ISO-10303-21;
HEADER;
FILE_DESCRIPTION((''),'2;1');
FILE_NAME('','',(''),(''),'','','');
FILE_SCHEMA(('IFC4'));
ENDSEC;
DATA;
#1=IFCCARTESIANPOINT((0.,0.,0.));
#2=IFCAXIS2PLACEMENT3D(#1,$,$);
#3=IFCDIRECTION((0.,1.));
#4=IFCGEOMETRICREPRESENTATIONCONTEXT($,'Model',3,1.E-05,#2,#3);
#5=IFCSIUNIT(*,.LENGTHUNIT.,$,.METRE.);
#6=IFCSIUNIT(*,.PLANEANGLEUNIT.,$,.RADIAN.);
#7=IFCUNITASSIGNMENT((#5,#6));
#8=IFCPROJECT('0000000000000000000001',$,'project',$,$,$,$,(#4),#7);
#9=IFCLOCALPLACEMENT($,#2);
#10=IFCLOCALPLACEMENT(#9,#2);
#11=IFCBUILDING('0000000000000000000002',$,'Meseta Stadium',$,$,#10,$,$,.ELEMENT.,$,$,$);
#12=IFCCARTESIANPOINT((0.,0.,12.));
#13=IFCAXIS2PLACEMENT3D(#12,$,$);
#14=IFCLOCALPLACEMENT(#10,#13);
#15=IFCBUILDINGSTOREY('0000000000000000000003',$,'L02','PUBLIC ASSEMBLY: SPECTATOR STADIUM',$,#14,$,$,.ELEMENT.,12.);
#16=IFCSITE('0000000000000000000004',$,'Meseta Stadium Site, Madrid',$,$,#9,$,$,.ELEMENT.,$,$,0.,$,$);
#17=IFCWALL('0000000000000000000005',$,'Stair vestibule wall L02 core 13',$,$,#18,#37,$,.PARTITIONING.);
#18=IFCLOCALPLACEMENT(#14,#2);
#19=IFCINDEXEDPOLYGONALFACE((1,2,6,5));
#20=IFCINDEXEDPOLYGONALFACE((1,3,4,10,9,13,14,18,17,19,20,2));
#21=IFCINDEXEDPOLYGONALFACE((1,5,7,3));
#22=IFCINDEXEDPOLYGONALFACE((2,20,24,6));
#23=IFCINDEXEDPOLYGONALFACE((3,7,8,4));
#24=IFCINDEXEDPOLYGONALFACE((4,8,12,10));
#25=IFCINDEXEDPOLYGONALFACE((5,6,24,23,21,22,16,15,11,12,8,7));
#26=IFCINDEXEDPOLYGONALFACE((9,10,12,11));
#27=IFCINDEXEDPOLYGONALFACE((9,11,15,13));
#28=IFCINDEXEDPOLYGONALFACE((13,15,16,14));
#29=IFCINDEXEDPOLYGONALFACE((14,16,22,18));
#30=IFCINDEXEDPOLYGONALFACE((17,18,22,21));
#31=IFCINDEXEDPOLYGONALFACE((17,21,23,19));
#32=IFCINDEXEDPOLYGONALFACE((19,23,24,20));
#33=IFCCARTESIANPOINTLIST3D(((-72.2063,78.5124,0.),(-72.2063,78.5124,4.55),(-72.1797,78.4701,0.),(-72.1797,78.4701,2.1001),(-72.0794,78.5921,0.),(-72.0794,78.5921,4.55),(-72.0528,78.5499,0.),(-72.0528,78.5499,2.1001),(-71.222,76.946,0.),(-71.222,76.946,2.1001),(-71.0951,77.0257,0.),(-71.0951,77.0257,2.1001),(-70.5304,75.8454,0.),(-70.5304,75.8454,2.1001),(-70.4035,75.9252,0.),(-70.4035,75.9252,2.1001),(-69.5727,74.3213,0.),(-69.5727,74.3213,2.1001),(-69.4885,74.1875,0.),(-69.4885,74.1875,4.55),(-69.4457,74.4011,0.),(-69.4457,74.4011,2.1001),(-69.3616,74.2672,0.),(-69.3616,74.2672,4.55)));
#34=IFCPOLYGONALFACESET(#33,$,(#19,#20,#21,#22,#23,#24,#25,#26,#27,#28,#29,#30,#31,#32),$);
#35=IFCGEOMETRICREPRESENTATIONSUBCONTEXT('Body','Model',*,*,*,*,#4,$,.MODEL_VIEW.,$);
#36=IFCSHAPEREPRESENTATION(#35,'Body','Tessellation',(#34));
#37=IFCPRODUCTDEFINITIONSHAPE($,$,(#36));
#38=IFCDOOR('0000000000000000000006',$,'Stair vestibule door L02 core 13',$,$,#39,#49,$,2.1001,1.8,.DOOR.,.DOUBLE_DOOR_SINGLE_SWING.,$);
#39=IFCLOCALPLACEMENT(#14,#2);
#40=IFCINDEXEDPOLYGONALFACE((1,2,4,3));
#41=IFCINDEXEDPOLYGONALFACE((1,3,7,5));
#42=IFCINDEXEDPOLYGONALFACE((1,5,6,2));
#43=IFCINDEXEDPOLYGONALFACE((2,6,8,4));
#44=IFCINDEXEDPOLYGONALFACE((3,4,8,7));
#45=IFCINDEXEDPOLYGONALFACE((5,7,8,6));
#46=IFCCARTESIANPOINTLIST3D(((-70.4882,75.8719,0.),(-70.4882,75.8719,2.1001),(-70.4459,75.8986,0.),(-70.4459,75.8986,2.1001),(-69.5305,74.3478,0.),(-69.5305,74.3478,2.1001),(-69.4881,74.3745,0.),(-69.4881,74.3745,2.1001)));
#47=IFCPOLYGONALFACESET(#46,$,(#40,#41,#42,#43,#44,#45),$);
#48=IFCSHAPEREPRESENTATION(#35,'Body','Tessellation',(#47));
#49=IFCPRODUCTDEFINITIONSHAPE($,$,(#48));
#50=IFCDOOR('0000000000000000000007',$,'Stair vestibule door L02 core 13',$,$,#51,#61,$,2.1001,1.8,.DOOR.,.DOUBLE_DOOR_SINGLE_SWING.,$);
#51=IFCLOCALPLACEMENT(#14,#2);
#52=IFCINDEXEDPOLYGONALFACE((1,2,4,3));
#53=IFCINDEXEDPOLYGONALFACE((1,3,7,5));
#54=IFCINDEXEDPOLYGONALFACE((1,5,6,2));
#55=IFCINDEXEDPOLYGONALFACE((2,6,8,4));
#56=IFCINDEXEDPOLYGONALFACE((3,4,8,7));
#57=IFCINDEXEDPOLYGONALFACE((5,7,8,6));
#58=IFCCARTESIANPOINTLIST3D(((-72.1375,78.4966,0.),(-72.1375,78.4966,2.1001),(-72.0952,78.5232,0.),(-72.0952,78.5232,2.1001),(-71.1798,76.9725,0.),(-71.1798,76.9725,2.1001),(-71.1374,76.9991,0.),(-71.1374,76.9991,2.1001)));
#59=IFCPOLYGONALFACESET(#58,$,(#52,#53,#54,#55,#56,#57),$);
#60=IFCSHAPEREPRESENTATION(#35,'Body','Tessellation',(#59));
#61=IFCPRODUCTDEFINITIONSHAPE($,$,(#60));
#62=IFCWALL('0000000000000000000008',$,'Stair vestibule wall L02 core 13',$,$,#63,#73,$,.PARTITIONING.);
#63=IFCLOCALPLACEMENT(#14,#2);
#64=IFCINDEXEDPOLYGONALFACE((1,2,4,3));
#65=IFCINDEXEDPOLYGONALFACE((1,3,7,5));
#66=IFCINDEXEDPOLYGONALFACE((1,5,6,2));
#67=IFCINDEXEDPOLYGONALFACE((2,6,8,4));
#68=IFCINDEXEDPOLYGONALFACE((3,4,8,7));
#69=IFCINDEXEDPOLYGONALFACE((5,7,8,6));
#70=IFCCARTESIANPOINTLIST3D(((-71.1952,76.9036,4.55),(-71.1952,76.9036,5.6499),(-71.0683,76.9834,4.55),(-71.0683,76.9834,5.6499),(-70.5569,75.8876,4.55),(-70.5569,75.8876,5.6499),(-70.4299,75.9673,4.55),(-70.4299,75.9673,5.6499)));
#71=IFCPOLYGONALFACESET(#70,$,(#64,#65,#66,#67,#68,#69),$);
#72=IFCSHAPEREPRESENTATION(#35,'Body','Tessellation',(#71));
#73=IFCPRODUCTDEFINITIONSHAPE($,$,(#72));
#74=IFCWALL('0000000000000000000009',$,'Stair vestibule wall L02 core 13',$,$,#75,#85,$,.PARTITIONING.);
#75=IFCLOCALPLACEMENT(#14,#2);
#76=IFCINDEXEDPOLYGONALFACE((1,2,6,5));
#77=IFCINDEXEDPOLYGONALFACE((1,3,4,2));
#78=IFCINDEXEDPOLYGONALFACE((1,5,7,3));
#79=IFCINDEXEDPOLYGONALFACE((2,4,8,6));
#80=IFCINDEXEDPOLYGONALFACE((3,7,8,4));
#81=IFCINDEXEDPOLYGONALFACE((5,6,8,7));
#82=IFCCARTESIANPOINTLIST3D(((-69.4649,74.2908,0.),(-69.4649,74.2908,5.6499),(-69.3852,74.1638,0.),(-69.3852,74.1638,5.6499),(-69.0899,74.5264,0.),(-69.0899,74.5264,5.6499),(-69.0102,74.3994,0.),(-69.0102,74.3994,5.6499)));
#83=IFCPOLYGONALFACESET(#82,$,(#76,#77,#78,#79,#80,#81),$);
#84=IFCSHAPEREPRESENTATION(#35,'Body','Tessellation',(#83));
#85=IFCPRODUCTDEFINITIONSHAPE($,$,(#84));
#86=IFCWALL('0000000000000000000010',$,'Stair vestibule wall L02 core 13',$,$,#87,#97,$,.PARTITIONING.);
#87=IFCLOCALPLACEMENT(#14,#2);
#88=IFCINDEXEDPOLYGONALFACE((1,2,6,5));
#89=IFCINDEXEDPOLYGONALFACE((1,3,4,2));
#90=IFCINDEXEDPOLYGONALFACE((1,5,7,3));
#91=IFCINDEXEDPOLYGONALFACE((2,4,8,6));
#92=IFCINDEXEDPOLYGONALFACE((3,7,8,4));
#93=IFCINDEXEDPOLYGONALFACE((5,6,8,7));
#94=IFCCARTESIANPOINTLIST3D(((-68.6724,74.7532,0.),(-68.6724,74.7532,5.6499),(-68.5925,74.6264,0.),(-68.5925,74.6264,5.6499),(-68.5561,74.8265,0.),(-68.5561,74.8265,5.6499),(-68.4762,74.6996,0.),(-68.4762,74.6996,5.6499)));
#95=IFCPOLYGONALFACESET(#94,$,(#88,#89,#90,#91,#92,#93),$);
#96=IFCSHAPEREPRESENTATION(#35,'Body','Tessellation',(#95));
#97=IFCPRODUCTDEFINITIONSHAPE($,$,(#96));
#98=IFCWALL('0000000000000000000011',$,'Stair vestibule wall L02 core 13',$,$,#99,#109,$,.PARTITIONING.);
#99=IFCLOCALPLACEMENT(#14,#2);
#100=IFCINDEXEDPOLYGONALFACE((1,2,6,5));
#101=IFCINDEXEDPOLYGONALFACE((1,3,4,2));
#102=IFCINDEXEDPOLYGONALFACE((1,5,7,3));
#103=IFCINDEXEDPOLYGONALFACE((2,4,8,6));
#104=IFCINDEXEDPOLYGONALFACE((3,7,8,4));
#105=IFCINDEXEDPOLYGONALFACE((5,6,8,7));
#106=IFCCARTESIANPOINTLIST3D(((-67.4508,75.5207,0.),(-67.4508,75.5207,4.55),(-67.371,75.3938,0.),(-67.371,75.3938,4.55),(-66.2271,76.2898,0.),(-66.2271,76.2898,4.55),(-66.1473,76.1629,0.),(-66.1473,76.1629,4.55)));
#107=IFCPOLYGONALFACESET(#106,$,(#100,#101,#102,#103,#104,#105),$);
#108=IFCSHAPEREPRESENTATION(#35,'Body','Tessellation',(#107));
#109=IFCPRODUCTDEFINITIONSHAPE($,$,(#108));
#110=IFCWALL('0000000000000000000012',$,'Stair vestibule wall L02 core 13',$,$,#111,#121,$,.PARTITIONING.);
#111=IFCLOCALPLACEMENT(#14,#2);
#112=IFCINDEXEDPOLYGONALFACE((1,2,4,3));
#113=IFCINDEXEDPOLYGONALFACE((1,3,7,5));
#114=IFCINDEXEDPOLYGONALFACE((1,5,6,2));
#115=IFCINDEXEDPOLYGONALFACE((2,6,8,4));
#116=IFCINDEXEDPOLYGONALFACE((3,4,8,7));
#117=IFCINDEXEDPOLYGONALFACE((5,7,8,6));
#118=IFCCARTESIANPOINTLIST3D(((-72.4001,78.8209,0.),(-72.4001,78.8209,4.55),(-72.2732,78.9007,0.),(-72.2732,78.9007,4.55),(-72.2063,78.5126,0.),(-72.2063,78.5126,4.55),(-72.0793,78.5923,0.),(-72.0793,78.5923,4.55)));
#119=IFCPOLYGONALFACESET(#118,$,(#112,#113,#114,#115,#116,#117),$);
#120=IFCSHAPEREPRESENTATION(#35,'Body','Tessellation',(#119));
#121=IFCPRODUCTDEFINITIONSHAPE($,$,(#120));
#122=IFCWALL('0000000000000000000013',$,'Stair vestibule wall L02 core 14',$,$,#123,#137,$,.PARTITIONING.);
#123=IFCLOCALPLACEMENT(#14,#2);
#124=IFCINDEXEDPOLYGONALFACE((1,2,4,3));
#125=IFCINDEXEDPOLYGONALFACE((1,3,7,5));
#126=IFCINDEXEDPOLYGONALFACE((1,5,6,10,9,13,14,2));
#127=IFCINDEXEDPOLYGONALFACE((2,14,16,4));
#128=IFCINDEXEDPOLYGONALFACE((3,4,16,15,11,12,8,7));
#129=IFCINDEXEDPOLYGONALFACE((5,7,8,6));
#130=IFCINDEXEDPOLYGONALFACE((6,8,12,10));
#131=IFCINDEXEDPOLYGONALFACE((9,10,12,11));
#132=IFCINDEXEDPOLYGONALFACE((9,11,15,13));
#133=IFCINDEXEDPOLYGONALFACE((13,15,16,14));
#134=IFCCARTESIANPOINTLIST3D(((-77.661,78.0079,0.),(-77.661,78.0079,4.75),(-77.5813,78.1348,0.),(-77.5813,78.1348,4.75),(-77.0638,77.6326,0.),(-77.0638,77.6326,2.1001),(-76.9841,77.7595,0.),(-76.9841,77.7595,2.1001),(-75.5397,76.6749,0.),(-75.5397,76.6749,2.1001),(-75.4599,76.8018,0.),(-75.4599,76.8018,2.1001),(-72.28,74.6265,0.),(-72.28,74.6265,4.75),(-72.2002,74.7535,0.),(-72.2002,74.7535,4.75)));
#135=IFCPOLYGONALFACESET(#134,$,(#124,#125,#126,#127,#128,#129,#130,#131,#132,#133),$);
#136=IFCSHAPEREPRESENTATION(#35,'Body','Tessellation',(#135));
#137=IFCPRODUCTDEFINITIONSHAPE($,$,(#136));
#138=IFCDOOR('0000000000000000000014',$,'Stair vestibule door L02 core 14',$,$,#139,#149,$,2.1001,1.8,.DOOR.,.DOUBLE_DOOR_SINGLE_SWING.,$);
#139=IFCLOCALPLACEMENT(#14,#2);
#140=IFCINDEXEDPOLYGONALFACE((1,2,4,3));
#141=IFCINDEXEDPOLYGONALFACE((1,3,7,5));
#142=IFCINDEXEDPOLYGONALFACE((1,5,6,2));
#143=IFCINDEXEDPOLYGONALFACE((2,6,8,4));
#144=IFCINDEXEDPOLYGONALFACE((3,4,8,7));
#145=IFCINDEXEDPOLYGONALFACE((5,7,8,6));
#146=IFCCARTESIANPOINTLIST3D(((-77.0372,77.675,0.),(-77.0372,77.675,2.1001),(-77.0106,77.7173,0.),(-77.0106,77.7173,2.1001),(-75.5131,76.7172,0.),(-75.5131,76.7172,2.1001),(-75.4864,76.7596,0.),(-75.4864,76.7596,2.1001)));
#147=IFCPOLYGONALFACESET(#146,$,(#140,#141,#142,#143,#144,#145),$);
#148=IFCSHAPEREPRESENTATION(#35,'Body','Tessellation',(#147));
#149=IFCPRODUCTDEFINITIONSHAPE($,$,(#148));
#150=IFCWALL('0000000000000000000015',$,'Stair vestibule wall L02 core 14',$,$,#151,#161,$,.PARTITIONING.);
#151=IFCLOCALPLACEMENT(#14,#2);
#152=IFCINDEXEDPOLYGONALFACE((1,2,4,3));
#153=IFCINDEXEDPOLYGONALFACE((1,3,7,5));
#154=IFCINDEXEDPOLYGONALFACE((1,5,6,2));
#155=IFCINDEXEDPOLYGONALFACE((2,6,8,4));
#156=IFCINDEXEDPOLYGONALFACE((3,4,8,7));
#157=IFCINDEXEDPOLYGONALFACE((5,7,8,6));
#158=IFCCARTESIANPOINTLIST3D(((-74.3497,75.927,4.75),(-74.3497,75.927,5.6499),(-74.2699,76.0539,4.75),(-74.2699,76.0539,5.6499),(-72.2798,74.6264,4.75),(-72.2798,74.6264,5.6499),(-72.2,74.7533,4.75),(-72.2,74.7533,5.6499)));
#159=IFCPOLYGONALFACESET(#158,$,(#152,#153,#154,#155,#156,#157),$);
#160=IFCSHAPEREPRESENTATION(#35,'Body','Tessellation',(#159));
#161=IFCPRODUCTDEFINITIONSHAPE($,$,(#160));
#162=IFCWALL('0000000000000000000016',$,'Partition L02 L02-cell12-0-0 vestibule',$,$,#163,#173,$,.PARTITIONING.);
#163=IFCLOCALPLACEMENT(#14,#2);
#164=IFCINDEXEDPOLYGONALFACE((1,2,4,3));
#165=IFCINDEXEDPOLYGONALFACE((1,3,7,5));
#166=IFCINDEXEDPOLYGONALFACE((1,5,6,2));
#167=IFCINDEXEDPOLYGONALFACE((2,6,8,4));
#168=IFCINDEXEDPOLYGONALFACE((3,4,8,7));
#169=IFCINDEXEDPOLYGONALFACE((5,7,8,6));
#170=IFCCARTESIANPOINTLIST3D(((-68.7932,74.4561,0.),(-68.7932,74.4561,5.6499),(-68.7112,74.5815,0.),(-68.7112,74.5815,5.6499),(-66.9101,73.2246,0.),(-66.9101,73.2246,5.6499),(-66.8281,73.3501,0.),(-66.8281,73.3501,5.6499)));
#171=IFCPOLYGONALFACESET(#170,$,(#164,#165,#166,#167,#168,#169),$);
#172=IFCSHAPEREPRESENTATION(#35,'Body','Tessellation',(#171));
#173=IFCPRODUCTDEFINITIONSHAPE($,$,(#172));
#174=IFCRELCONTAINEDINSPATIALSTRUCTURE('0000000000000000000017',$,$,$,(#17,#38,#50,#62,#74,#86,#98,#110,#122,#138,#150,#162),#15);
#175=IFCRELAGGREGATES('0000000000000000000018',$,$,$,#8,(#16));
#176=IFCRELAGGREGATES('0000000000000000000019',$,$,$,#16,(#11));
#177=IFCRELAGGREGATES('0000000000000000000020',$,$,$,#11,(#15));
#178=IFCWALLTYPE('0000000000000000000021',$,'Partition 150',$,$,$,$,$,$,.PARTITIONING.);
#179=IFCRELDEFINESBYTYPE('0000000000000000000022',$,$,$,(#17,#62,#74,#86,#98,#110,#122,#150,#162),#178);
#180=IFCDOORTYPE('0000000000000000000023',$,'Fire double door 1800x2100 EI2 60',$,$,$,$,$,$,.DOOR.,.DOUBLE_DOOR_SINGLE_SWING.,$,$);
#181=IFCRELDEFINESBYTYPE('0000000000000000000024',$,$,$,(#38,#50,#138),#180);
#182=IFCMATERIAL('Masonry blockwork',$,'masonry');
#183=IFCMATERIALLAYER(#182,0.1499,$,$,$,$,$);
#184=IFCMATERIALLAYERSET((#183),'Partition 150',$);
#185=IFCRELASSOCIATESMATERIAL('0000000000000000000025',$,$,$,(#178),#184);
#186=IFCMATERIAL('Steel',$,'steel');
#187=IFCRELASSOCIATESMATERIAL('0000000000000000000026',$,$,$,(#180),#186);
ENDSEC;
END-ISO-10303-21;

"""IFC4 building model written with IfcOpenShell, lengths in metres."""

from ifc_helpers import new_model, si_unit, direction, frame, frame_2d, origin, place, context, subcontext, project, spatial, rectangle, extrude, material, layer, layer_set, type_object, element, fill, save


model = new_model("IFC4")

# Units and contexts
model_context = context("Model", 3, precision=1e-05, world=origin(), true_north=direction((0.0, 1.0)))
body_context = subcontext(model_context, "Body", "Model", "MODEL_VIEW")
ifc_project = project(units=[si_unit("LENGTHUNIT", "METRE"), si_unit("PLANEANGLEUNIT", "RADIAN")], contexts=[model_context])

# Site, building, storey
site_placement = place(None, origin())
site = spatial("IfcSite", under=ifc_project, at=site_placement, Name="Meseta Stadium Site, Madrid", CompositionType="ELEMENT", RefElevation=0.0)
building_placement = place(site_placement, origin())
building = spatial("IfcBuilding", under=site, at=building_placement, Name="Meseta Stadium", CompositionType="ELEMENT")
storey_placement = place(building_placement, frame((0.0, 0.0, 12.0)))
storey = spatial("IfcBuildingStorey", under=building, at=storey_placement, Name="L02", Description="PUBLIC ASSEMBLY: SPECTATOR STADIUM", CompositionType="ELEMENT", Elevation=12.0)

# Shared definitions
ifc_material_1 = material(Name="Masonry blockwork", Category="masonry")
ifc_layer = layer(ifc_material_1, 0.1499)
ifc_layer_set = layer_set([ifc_layer], Name="Partition 150")
wall_type = type_object("IfcWallType", Name="Partition 150", PredefinedType="PARTITIONING", material=ifc_layer_set)

# Wall, openings, doors
wall_1_placement = place(storey_placement, frame((-72.1428, 78.5522, 0.0), z_axis=(0.0, 0.0, 1.0), x_axis=(0.532064, -0.846704, 0.0)))
wall_1 = element("IfcWall", 1, at=wall_1_placement, inside=storey, type_object=wall_type, Name="Stair vestibule wall L02 core 13", PredefinedType="PARTITIONING", context=body_context, shape_type="SweptSolid", body=[
    extrude(rectangle(XDim=5.1079, YDim=0.1499, at=frame_2d((2.554, 0.0))), origin(), (0.0, 0.0, 1.0), 4.55),
])
opening_1_placement = place(wall_1_placement, frame((3.1499, 0.0, 0.0)))
opening_1 = element("IfcOpeningElement", 2, at=opening_1_placement, cuts=wall_1, PredefinedType="OPENING", context=body_context, shape_type="SweptSolid", body=[
    extrude(rectangle(XDim=1.8, YDim=2.1001, at=frame_2d((0.8999, 1.05))), frame((0.0, 0.085, 0.0), z_axis=(0.0, -1.0, 0.0), x_axis=(1.0, 0.0, 0.0)), (0.0, 0.0, 1.0), 0.1699),
])
opening_2_placement = place(wall_1_placement, frame((0.05, 0.0, 0.0)))
opening_2 = element("IfcOpeningElement", 3, at=opening_2_placement, cuts=wall_1, PredefinedType="OPENING", context=body_context, shape_type="SweptSolid", body=[
    extrude(rectangle(XDim=1.8, YDim=2.1001, at=frame_2d((0.8999, 1.05))), frame((0.0, 0.085, 0.0), z_axis=(0.0, -1.0, 0.0), x_axis=(1.0, 0.0, 0.0)), (0.0, 0.0, 1.0), 0.1699),
])
ifc_material_2 = material(Name="Steel", Category="steel")
door_type = type_object("IfcDoorType", Name="Fire double door 1800x2100 EI2 60", OperationType="DOUBLE_DOOR_SINGLE_SWING", PredefinedType="DOOR", material=ifc_material_2)
door_1_placement = place(opening_1_placement, origin())
door_1 = element("IfcDoor", 4, at=door_1_placement, inside=storey, type_object=door_type, Name="Stair vestibule door L02 core 13", OperationType="DOUBLE_DOOR_SINGLE_SWING", OverallHeight=2.1001, OverallWidth=1.8, PredefinedType="DOOR", context=body_context, shape_type="SweptSolid", body=[
    extrude(rectangle(XDim=1.8, YDim=2.1001, at=frame_2d((0.8999, 1.05))), frame((0.0, 0.0249, 0.0), z_axis=(0.0, -1.0, 0.0), x_axis=(1.0, 0.0, 0.0)), (0.0, 0.0, 1.0), 0.05),
])
fill(opening_1, door_1)
door_2_placement = place(opening_2_placement, origin())
door_2 = element("IfcDoor", 5, at=door_2_placement, inside=storey, type_object=door_type, Name="Stair vestibule door L02 core 13", OperationType="DOUBLE_DOOR_SINGLE_SWING", OverallHeight=2.1001, OverallWidth=1.8, PredefinedType="DOOR", context=body_context, shape_type="SweptSolid", body=[
    extrude(rectangle(XDim=1.8, YDim=2.1001, at=frame_2d((0.8999, 1.05))), frame((0.0, 0.0249, 0.0), z_axis=(0.0, -1.0, 0.0), x_axis=(1.0, 0.0, 0.0)), (0.0, 0.0, 1.0), 0.05),
])
fill(opening_2, door_2)

# Walls
wall_2_placement = place(storey_placement, frame((-71.1318, 76.9436, 4.55), z_axis=(0.0, 0.0, 1.0), x_axis=(0.532009, -0.846739, 0.0)))
element("IfcWall", 6, at=wall_2_placement, inside=storey, type_object=wall_type, Name="Stair vestibule wall L02 core 13", PredefinedType="PARTITIONING", context=body_context, shape_type="SweptSolid", body=[
    extrude(rectangle(XDim=1.2, YDim=0.1499, at=frame_2d((0.6001, 0.0))), origin(), (0.0, 0.0, 1.0), 1.0999),
])
wall_3_placement = place(storey_placement, frame((-69.425, 74.2273, 0.0), z_axis=(0.0, 0.0, 1.0), x_axis=(0.846757, 0.53198, 0.0)))
element("IfcWall", 7, at=wall_3_placement, inside=storey, type_object=wall_type, Name="Stair vestibule wall L02 core 13", PredefinedType="PARTITIONING", context=body_context, shape_type="SweptSolid", body=[
    extrude(rectangle(XDim=0.4429, YDim=0.1499, at=frame_2d((0.2214, 0.0))), origin(), (0.0, 0.0, 1.0), 5.6499),
])
wall_4_placement = place(storey_placement, frame((-68.6326, 74.6897, 0.0), z_axis=(0.0, 0.0, 1.0), x_axis=(0.845995, 0.53319, 0.0)))
element("IfcWall", 8, at=wall_4_placement, inside=storey, type_object=wall_type, Name="Stair vestibule wall L02 core 13", PredefinedType="PARTITIONING", context=body_context, shape_type="SweptSolid", body=[
    extrude(rectangle(XDim=0.1375, YDim=0.1499, at=frame_2d((0.0688, 0.0))), origin(), (0.0, 0.0, 1.0), 5.6499),
])
wall_5_placement = place(storey_placement, frame((-67.4109, 75.4573, 0.0), z_axis=(0.0, 0.0, 1.0), x_axis=(0.846667, 0.532123, 0.0)))
element("IfcWall", 9, at=wall_5_placement, inside=storey, type_object=wall_type, Name="Stair vestibule wall L02 core 13", PredefinedType="PARTITIONING", context=body_context, shape_type="SweptSolid", body=[
    extrude(rectangle(XDim=1.4453, YDim=0.1499, at=frame_2d((0.7227, 0.0))), origin(), (0.0, 0.0, 1.0), 4.55),
])
wall_6_placement = place(storey_placement, frame((-72.3367, 78.8608, 0.0), z_axis=(0.0, 0.0, 1.0), x_axis=(0.532226, -0.846602, 0.0)))
element("IfcWall", 10, at=wall_6_placement, inside=storey, type_object=wall_type, Name="Stair vestibule wall L02 core 13", PredefinedType="PARTITIONING", context=body_context, shape_type="SweptSolid", body=[
    extrude(rectangle(XDim=0.3643, YDim=0.1499, at=frame_2d((0.1821, 0.0))), origin(), (0.0, 0.0, 1.0), 4.55),
])

# Wall, opening, door
wall_7_placement = place(storey_placement, frame((-72.24, 74.6899, 0.0), z_axis=(0.0, 0.0, 1.0), x_axis=(-0.846712, 0.532052, 0.0)))
wall_7 = element("IfcWall", 11, at=wall_7_placement, inside=storey, type_object=wall_type, Name="Stair vestibule wall L02 core 14", PredefinedType="PARTITIONING", context=body_context, shape_type="SweptSolid", body=[
    extrude(rectangle(XDim=6.3552, YDim=0.1499, at=frame_2d((3.1777, 0.0))), origin(), (0.0, 0.0, 1.0), 4.75),
])
opening_3_placement = place(wall_7_placement, frame((3.8501, 0.0, 0.0)))
opening_3 = element("IfcOpeningElement", 12, at=opening_3_placement, cuts=wall_7, PredefinedType="OPENING", context=body_context, shape_type="SweptSolid", body=[
    extrude(rectangle(XDim=1.8, YDim=2.1001, at=frame_2d((0.8999, 1.05))), frame((0.0, 0.085, 0.0), z_axis=(0.0, -1.0, 0.0), x_axis=(1.0, 0.0, 0.0)), (0.0, 0.0, 1.0), 0.1699),
])
door_3_placement = place(opening_3_placement, origin())
door_3 = element("IfcDoor", 13, at=door_3_placement, inside=storey, type_object=door_type, Name="Stair vestibule door L02 core 14", OperationType="DOUBLE_DOOR_SINGLE_SWING", OverallHeight=2.1001, OverallWidth=1.8, PredefinedType="DOOR", context=body_context, shape_type="SweptSolid", body=[
    extrude(rectangle(XDim=1.8, YDim=2.1001, at=frame_2d((0.8999, 1.05))), frame((0.0, 0.0249, 0.0), z_axis=(0.0, -1.0, 0.0), x_axis=(1.0, 0.0, 0.0)), (0.0, 0.0, 1.0), 0.05),
])
fill(opening_3, door_3)

# Walls
wall_8_placement = place(storey_placement, frame((-72.24, 74.6899, 4.75), z_axis=(0.0, 0.0, 1.0), x_axis=(-0.846728, 0.532026, 0.0)))
element("IfcWall", 14, at=wall_8_placement, inside=storey, type_object=wall_type, Name="Stair vestibule wall L02 core 14", PredefinedType="PARTITIONING", context=body_context, shape_type="SweptSolid", body=[
    extrude(rectangle(XDim=2.4446, YDim=0.1499, at=frame_2d((1.2222, 0.0))), origin(), (0.0, 0.0, 1.0), 0.8999),
])
wall_9_placement = place(storey_placement, frame((-68.7522, 74.5188, 0.0), z_axis=(0.0, 0.0, 1.0), x_axis=(0.836926, -0.547317, 0.0)))
element("IfcWall", 15, at=wall_9_placement, inside=storey, type_object=wall_type, Name="Partition L02 L02-cell12-0-0 vestibule", PredefinedType="PARTITIONING", context=body_context, shape_type="SweptSolid", body=[
    extrude(rectangle(XDim=2.25, YDim=0.1499, at=frame_2d((1.125, 0.0))), origin(), (0.0, 0.0, 1.0), 5.6499),
])

save(model, "model.ifc")
